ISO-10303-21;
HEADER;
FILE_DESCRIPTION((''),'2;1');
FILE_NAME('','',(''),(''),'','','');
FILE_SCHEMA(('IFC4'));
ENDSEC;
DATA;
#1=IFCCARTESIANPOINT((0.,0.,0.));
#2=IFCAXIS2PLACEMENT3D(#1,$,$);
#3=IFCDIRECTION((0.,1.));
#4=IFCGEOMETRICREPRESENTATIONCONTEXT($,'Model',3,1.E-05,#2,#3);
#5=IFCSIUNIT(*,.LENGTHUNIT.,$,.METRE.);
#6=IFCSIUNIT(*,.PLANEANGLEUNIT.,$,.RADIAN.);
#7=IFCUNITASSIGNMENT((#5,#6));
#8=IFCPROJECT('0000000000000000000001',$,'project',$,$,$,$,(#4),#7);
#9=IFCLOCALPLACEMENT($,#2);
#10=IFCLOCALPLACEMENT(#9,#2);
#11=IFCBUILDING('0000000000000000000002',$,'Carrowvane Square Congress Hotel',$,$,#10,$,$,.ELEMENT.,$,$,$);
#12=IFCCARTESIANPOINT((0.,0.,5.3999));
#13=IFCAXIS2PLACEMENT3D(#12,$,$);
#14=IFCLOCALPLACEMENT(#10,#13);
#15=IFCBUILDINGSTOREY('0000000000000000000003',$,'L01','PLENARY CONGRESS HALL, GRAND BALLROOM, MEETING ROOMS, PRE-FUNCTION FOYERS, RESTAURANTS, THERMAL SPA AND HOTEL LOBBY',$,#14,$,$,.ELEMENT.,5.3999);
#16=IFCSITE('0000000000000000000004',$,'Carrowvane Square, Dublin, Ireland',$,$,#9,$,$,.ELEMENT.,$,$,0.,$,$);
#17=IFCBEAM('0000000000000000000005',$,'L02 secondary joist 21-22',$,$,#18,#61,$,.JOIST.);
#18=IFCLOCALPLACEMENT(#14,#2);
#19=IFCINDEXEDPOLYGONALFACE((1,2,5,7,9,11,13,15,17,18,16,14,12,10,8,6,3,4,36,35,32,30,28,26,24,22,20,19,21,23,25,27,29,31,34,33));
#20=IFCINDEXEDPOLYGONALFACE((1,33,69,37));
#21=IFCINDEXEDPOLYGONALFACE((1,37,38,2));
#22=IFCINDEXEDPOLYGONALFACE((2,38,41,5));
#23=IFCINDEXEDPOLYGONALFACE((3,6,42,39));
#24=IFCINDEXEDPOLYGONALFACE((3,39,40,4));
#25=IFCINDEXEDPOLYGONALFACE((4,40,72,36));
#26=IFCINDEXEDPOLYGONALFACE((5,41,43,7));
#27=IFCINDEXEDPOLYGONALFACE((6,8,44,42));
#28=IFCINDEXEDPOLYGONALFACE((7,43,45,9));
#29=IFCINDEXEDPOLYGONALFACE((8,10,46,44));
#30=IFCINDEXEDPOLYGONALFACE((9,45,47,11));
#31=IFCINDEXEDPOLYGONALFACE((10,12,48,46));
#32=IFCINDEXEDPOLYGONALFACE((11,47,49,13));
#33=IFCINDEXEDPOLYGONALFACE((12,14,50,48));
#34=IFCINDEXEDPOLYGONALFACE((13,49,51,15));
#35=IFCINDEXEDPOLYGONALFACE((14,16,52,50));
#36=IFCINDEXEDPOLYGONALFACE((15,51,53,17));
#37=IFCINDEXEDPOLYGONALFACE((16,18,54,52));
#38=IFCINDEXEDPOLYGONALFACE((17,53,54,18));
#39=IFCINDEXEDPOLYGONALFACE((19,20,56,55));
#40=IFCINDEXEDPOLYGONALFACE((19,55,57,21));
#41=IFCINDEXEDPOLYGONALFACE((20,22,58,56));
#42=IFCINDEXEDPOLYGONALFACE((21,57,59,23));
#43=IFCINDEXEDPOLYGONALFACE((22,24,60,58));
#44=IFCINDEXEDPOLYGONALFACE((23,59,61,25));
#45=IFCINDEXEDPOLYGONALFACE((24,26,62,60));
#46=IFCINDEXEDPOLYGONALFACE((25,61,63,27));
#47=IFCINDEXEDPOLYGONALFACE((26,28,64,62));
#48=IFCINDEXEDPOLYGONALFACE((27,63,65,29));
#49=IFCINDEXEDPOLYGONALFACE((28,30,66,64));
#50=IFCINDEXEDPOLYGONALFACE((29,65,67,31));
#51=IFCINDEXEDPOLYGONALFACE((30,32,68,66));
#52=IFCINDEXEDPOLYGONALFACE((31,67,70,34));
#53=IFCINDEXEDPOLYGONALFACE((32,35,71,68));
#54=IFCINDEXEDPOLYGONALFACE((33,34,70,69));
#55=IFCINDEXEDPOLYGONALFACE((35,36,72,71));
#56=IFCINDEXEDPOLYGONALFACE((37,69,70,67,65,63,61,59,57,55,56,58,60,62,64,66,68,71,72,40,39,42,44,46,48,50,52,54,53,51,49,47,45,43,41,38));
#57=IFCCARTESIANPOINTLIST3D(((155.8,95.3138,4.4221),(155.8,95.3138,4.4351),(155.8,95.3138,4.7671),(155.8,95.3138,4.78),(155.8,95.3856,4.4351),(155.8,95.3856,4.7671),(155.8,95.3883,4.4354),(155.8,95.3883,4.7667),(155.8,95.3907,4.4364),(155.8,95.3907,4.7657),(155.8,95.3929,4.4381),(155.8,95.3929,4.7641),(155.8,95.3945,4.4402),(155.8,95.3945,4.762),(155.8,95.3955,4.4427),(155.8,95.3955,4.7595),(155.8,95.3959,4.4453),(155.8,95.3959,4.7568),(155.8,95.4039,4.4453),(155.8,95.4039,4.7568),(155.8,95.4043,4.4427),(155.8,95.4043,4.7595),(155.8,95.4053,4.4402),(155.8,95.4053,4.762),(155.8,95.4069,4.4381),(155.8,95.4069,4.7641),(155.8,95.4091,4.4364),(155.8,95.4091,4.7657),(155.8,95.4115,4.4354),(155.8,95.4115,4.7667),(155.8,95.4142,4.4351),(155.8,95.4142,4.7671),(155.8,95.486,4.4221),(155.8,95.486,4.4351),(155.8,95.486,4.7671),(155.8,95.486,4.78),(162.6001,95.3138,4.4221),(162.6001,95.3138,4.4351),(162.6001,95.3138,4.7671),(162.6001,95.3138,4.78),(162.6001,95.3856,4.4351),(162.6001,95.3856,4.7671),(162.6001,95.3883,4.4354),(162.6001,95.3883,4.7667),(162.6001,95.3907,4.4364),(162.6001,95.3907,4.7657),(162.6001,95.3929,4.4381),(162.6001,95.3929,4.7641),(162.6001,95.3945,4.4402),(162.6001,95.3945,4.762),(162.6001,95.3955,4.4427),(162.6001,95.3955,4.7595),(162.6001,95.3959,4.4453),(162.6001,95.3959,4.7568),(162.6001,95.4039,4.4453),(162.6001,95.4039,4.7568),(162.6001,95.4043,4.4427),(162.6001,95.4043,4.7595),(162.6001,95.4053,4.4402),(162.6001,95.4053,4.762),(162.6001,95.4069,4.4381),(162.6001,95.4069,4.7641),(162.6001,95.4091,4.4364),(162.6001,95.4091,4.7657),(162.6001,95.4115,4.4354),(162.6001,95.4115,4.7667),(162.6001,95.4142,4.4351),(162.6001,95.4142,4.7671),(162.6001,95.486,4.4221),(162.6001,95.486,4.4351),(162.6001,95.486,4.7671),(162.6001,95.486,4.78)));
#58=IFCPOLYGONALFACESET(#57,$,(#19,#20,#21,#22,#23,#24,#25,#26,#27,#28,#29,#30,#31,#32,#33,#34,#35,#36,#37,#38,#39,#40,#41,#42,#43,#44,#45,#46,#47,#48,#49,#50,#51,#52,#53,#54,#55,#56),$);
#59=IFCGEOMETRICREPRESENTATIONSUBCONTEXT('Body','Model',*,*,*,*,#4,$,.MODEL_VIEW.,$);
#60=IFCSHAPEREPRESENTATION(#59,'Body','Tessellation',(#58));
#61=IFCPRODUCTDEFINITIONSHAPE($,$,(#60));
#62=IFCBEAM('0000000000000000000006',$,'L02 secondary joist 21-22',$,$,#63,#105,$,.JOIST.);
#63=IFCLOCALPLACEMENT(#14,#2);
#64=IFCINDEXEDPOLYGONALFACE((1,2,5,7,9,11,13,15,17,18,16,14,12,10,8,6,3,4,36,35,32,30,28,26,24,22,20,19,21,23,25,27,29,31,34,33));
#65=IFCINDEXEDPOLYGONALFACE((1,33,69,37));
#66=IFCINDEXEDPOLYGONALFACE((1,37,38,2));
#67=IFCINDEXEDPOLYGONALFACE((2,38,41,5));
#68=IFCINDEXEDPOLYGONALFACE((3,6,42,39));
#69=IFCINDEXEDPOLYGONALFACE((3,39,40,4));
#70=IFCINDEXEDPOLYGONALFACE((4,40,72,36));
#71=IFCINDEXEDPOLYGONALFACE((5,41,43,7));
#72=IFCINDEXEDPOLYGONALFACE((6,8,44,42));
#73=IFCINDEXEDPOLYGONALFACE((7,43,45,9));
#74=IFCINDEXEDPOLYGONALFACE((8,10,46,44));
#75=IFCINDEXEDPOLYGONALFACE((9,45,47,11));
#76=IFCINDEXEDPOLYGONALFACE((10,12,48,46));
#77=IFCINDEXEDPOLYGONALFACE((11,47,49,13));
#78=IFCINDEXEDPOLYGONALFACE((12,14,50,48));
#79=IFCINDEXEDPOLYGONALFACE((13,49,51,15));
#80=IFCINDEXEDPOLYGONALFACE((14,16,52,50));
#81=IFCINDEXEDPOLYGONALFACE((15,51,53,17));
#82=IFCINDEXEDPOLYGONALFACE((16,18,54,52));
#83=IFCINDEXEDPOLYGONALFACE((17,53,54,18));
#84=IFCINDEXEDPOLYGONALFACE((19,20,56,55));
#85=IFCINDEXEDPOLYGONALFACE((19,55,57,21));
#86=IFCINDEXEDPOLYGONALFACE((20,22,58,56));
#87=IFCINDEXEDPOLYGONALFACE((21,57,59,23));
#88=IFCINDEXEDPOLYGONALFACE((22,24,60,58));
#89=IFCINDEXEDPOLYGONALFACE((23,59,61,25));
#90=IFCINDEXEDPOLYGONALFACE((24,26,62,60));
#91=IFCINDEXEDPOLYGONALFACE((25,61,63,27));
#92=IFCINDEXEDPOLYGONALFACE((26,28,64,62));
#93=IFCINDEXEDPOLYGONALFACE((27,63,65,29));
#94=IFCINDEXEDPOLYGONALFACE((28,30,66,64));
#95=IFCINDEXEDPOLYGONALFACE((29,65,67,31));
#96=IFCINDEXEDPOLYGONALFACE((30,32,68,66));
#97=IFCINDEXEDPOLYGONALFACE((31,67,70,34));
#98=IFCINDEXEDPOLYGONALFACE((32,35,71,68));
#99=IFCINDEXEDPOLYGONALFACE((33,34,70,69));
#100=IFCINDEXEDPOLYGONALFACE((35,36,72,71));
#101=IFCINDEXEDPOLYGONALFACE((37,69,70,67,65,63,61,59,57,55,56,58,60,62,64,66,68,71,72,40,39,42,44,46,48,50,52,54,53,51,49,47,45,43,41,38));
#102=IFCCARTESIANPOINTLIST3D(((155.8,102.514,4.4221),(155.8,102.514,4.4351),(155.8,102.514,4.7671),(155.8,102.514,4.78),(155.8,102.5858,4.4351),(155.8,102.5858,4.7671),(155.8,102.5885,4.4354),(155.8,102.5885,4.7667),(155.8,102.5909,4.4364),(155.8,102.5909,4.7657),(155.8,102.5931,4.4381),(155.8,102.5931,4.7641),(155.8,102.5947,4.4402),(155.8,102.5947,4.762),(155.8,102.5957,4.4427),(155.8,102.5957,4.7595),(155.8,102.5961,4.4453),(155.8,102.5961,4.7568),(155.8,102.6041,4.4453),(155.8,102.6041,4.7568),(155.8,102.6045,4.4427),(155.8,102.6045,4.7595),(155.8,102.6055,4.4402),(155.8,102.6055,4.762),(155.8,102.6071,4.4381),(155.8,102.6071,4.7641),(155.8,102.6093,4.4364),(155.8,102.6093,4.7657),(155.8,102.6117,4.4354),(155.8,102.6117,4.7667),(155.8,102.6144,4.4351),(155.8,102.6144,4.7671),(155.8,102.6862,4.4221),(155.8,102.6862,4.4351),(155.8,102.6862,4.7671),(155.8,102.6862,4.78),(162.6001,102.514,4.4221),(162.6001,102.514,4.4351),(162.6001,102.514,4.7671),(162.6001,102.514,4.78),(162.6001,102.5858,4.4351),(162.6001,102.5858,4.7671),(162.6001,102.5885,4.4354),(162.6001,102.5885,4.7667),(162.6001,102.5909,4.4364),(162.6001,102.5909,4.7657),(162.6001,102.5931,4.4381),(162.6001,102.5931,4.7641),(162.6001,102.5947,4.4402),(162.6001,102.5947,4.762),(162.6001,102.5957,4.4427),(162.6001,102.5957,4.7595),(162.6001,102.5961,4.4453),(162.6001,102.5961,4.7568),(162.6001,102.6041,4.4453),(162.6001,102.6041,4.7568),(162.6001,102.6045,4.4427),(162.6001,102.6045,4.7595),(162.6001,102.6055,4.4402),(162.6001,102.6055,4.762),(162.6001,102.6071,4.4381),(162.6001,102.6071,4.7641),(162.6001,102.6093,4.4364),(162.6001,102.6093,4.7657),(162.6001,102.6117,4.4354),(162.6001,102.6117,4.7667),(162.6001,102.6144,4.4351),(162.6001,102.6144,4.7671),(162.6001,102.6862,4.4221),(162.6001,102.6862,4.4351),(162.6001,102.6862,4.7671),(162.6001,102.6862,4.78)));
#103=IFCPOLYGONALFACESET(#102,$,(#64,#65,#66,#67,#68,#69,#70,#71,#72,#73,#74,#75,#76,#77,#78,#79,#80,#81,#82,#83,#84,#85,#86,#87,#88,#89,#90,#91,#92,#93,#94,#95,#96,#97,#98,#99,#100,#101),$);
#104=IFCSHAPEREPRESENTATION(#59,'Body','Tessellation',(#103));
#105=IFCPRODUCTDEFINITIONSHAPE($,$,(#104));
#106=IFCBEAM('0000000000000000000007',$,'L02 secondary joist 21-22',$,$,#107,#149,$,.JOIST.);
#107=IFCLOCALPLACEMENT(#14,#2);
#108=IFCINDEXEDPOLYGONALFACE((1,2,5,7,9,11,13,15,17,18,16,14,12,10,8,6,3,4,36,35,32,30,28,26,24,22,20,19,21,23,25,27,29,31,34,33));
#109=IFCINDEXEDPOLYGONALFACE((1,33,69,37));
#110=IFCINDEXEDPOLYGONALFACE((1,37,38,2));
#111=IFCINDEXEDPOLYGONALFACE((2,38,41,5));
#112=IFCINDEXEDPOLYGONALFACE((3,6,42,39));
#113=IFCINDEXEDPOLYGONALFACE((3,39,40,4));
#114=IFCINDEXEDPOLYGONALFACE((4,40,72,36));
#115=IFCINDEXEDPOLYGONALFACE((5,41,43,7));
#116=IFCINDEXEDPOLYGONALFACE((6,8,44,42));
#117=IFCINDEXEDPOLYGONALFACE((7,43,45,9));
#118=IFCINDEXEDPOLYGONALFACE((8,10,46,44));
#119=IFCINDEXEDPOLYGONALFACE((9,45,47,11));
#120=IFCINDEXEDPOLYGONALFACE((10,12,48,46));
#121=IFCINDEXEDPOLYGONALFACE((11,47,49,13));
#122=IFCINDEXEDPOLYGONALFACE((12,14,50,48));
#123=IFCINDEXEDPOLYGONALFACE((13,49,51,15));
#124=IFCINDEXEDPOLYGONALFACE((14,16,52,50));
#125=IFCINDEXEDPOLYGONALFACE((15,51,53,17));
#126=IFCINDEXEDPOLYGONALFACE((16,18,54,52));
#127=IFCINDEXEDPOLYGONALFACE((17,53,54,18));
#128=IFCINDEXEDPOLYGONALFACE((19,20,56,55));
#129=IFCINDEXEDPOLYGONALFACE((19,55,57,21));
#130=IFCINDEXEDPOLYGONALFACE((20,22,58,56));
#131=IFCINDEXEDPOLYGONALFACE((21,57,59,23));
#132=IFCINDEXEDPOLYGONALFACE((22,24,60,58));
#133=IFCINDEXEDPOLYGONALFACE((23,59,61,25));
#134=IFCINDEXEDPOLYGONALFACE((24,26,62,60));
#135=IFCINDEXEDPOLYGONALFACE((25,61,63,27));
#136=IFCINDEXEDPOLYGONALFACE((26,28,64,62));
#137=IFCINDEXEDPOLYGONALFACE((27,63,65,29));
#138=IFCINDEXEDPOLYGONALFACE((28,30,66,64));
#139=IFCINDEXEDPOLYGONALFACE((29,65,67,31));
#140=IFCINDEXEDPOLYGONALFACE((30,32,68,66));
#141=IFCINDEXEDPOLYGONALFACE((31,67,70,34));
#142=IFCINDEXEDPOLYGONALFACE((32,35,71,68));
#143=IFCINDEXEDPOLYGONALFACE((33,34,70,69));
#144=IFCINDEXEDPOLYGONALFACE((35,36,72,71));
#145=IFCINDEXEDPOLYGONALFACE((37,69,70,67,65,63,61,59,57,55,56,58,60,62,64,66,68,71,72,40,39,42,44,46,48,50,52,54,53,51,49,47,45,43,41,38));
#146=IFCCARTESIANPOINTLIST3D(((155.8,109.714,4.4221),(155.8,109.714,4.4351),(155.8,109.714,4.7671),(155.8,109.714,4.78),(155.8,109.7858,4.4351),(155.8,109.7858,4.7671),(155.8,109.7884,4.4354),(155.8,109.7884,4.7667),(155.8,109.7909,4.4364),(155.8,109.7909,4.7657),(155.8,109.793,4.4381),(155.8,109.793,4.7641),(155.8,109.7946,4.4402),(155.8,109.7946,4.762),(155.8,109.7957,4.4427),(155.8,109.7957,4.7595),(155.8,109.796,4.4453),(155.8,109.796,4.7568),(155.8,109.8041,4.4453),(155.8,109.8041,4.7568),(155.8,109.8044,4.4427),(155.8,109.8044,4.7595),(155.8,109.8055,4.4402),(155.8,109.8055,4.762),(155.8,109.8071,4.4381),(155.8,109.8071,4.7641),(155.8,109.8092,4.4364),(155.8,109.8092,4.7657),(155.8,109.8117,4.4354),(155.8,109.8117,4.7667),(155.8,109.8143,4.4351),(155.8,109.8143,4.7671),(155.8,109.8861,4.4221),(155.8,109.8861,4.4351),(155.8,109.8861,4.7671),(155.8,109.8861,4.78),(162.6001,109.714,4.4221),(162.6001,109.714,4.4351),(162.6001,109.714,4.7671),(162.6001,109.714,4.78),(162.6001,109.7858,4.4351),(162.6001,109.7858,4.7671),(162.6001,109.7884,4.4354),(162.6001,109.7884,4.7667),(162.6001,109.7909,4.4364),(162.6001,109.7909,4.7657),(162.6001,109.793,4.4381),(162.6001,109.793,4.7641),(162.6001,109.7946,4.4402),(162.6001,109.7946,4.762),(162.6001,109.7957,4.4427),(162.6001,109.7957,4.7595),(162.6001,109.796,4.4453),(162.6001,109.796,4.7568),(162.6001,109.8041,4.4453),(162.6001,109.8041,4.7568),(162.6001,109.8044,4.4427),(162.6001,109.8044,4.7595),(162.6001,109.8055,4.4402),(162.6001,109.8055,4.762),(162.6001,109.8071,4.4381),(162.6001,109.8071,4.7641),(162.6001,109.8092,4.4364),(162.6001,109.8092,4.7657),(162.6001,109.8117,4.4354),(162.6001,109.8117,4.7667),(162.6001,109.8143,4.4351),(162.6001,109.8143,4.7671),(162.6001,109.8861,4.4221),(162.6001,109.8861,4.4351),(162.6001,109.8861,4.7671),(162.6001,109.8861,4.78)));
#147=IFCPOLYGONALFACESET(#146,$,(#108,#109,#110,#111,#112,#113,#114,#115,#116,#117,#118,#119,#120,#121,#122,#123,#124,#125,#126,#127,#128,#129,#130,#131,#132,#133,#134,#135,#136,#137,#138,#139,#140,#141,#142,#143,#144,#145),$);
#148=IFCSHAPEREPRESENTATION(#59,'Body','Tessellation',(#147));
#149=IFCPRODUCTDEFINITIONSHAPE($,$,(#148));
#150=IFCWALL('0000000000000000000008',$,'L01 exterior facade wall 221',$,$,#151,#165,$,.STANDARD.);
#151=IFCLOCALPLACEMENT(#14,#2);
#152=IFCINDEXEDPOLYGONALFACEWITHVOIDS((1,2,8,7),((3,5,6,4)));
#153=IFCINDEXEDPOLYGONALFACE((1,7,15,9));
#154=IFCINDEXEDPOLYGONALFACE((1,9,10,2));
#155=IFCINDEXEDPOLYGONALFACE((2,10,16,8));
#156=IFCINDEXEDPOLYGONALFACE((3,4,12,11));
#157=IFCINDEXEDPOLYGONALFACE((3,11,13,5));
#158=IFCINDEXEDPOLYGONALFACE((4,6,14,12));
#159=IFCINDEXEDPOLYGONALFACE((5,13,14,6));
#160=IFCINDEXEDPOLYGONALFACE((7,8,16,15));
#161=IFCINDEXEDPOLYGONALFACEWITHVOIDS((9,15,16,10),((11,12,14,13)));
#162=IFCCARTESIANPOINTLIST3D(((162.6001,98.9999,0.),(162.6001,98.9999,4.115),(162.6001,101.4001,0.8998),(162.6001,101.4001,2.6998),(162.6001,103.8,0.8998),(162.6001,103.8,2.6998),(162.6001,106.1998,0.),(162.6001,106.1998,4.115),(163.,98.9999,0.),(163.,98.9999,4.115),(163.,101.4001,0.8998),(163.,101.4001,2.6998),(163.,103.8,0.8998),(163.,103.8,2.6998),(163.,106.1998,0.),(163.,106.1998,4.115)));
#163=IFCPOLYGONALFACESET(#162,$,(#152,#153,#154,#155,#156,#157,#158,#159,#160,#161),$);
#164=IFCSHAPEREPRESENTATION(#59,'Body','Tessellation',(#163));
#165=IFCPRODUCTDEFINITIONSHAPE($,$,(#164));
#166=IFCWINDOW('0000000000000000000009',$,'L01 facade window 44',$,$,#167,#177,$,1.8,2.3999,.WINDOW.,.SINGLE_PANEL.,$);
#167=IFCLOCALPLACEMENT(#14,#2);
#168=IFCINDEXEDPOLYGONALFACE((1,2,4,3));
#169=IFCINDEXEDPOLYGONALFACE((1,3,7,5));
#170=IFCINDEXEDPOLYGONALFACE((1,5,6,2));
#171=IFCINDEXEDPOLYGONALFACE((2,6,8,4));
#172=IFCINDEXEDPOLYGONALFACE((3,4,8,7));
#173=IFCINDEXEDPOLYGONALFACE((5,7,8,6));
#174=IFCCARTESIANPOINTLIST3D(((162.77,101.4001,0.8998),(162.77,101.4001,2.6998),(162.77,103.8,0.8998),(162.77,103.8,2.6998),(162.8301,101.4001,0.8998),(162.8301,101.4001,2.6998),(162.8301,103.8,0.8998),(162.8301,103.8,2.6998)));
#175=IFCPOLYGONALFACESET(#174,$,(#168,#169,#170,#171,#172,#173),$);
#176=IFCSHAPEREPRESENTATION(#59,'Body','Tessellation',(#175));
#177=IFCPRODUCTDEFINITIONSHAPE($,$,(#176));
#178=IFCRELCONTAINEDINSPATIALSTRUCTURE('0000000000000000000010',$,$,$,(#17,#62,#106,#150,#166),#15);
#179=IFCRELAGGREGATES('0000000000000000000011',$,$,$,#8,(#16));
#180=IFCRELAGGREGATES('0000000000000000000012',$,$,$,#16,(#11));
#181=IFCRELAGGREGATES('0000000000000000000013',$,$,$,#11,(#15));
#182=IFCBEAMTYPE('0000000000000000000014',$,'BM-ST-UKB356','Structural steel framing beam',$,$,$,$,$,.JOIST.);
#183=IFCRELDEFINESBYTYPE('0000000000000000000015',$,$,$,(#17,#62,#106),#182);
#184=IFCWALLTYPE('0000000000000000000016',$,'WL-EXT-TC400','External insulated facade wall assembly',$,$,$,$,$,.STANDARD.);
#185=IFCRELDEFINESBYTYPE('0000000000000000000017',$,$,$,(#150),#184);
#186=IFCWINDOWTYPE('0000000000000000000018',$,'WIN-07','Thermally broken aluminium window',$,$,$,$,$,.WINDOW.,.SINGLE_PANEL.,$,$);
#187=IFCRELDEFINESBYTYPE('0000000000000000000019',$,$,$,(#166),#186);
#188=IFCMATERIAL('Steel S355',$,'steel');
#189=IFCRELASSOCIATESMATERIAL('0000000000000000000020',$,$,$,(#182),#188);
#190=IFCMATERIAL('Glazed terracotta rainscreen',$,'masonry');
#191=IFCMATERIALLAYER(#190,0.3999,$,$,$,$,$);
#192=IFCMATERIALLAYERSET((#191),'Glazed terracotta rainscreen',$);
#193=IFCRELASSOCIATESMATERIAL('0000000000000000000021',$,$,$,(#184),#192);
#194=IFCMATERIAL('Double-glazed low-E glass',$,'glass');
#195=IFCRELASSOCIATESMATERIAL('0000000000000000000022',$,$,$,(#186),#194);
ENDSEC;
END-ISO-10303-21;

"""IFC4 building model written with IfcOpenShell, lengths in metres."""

from ifc_helpers import new_model, si_unit, direction, frame, frame_2d, origin, origin_2d, place, context, subcontext, project, spatial, rectangle, i_section, extrude, material, layer, layer_set, material_profile, profile_set, type_object, element, fill, save


model = new_model("IFC4")

# Units and contexts
model_context = context("Model", 3, precision=1e-05, world=origin(), true_north=direction((0.0, 1.0)))
body_context = subcontext(model_context, "Body", "Model", "MODEL_VIEW")
ifc_project = project(units=[si_unit("LENGTHUNIT", "METRE"), si_unit("PLANEANGLEUNIT", "RADIAN")], contexts=[model_context])

# Site, building, storey
site_placement = place(None, origin())
site = spatial("IfcSite", under=ifc_project, at=site_placement, Name="Carrowvane Square, Dublin, Ireland", CompositionType="ELEMENT", RefElevation=0.0)
building_placement = place(site_placement, origin())
building = spatial("IfcBuilding", under=site, at=building_placement, Name="Carrowvane Square Congress Hotel", CompositionType="ELEMENT")
storey_placement = place(building_placement, frame((0.0, 0.0, 5.3999)))
storey = spatial("IfcBuildingStorey", under=building, at=storey_placement, Name="L01", Description="PLENARY CONGRESS HALL, GRAND BALLROOM, MEETING ROOMS, PRE-FUNCTION FOYERS, RESTAURANTS, THERMAL SPA AND HOTEL LOBBY", CompositionType="ELEMENT", Elevation=5.3999)

# Beams
ifc_material_1 = material(Name="Steel S355", Category="steel")
ifc_material_profile_1 = material_profile(ifc_material_1, i_section(OverallWidth=0.1721, OverallDepth=0.3579, WebThickness=0.0081, FlangeThickness=0.0129, FilletRadius=0.0103, at=origin_2d()), Name="UKB 356x171x57")
ifc_profile_set_1 = profile_set([ifc_material_profile_1], Name="Steel S355")
beam_type_1 = type_object("IfcBeamType", Name="BM-ST-UKB356", Description="Structural steel framing beam", PredefinedType="JOIST", material=ifc_profile_set_1)
for number, where, z_axis, x_axis, name in (
    (1, (155.8, 95.3999, 4.6011), (1.0, 0.0, 0.0), (0.0, 1.0, 0.0), "L02 secondary joist 21-22"),
    (2, (155.8, 102.6001, 4.6011), (1.0, 0.0, 0.0), (0.0, 1.0, 0.0), "L02 secondary joist 21-22"),
    (3, (155.8, 109.8, 4.6011), (1.0, 0.0, 0.0), (0.0, 1.0, 0.0), "L02 secondary joist 21-22"),
):
    element("IfcBeam", number, at=place(storey_placement, frame(where, z_axis=z_axis, x_axis=x_axis)), inside=storey, type_object=beam_type_1, Name=name, PredefinedType="JOIST", context=body_context, shape_type="SweptSolid", body=[
        extrude(i_section(OverallWidth=0.1721, OverallDepth=0.3579, WebThickness=0.0081, FlangeThickness=0.0129, FilletRadius=0.0103, at=origin_2d()), origin(), (0.0, 0.0, 1.0), 6.8),
    ])

# Wall, opening, window
ifc_material_2 = material(Name="Glazed terracotta rainscreen", Category="masonry")
ifc_layer_1 = layer(ifc_material_2, 0.3999)
ifc_layer_set_1 = layer_set([ifc_layer_1], Name="Glazed terracotta rainscreen")
wall_type_1 = type_object("IfcWallType", Name="WL-EXT-TC400", Description="External insulated facade wall assembly", PredefinedType="STANDARD", material=ifc_layer_set_1)
wall_1_placement = place(storey_placement, frame((162.8, 106.2, 0.0), z_axis=(0.0, 0.0, 1.0), x_axis=(0.0, -1.0, 0.0)))
wall_1 = element("IfcWall", 4, at=wall_1_placement, inside=storey, type_object=wall_type_1, Name="L01 exterior facade wall 221", PredefinedType="STANDARD", context=body_context, shape_type="SweptSolid", body=[
    extrude(rectangle(XDim=7.2, YDim=0.3999, at=frame_2d((3.6001, 0.0))), origin(), (0.0, 0.0, 1.0), 4.115),
])
opening_1_placement = place(wall_1_placement, frame((2.3999, 0.0, 0.8999)))
opening_1 = element("IfcOpeningElement", 5, at=opening_1_placement, cuts=wall_1, PredefinedType="OPENING", context=body_context, shape_type="SweptSolid", body=[
    extrude(rectangle(XDim=2.3999, YDim=1.8, at=frame_2d((1.2, 0.8999))), frame((0.0, 0.21, 0.0), z_axis=(0.0, -1.0, 0.0), x_axis=(1.0, 0.0, 0.0)), (0.0, 0.0, 1.0), 0.4199),
])
ifc_material_3 = material(Name="Double-glazed low-E glass", Category="glass")
window_type_1 = type_object("IfcWindowType", Name="WIN-07", Description="Thermally broken aluminium window", PartitioningType="SINGLE_PANEL", PredefinedType="WINDOW", material=ifc_material_3)
window_1_placement = place(opening_1_placement, origin())
window_1 = element("IfcWindow", 6, at=window_1_placement, inside=storey, type_object=window_type_1, Name="L01 facade window 44", OverallHeight=1.8, OverallWidth=2.3999, PartitioningType="SINGLE_PANEL", PredefinedType="WINDOW", context=body_context, shape_type="SweptSolid", body=[
    extrude(rectangle(XDim=2.3999, YDim=1.8, at=frame_2d((1.2, 0.8999))), frame((0.0, 0.03, 0.0), z_axis=(0.0, -1.0, 0.0), x_axis=(1.0, 0.0, 0.0)), (0.0, 0.0, 1.0), 0.0601),
])
fill(opening_1, window_1)

save(model, "model.ifc")
